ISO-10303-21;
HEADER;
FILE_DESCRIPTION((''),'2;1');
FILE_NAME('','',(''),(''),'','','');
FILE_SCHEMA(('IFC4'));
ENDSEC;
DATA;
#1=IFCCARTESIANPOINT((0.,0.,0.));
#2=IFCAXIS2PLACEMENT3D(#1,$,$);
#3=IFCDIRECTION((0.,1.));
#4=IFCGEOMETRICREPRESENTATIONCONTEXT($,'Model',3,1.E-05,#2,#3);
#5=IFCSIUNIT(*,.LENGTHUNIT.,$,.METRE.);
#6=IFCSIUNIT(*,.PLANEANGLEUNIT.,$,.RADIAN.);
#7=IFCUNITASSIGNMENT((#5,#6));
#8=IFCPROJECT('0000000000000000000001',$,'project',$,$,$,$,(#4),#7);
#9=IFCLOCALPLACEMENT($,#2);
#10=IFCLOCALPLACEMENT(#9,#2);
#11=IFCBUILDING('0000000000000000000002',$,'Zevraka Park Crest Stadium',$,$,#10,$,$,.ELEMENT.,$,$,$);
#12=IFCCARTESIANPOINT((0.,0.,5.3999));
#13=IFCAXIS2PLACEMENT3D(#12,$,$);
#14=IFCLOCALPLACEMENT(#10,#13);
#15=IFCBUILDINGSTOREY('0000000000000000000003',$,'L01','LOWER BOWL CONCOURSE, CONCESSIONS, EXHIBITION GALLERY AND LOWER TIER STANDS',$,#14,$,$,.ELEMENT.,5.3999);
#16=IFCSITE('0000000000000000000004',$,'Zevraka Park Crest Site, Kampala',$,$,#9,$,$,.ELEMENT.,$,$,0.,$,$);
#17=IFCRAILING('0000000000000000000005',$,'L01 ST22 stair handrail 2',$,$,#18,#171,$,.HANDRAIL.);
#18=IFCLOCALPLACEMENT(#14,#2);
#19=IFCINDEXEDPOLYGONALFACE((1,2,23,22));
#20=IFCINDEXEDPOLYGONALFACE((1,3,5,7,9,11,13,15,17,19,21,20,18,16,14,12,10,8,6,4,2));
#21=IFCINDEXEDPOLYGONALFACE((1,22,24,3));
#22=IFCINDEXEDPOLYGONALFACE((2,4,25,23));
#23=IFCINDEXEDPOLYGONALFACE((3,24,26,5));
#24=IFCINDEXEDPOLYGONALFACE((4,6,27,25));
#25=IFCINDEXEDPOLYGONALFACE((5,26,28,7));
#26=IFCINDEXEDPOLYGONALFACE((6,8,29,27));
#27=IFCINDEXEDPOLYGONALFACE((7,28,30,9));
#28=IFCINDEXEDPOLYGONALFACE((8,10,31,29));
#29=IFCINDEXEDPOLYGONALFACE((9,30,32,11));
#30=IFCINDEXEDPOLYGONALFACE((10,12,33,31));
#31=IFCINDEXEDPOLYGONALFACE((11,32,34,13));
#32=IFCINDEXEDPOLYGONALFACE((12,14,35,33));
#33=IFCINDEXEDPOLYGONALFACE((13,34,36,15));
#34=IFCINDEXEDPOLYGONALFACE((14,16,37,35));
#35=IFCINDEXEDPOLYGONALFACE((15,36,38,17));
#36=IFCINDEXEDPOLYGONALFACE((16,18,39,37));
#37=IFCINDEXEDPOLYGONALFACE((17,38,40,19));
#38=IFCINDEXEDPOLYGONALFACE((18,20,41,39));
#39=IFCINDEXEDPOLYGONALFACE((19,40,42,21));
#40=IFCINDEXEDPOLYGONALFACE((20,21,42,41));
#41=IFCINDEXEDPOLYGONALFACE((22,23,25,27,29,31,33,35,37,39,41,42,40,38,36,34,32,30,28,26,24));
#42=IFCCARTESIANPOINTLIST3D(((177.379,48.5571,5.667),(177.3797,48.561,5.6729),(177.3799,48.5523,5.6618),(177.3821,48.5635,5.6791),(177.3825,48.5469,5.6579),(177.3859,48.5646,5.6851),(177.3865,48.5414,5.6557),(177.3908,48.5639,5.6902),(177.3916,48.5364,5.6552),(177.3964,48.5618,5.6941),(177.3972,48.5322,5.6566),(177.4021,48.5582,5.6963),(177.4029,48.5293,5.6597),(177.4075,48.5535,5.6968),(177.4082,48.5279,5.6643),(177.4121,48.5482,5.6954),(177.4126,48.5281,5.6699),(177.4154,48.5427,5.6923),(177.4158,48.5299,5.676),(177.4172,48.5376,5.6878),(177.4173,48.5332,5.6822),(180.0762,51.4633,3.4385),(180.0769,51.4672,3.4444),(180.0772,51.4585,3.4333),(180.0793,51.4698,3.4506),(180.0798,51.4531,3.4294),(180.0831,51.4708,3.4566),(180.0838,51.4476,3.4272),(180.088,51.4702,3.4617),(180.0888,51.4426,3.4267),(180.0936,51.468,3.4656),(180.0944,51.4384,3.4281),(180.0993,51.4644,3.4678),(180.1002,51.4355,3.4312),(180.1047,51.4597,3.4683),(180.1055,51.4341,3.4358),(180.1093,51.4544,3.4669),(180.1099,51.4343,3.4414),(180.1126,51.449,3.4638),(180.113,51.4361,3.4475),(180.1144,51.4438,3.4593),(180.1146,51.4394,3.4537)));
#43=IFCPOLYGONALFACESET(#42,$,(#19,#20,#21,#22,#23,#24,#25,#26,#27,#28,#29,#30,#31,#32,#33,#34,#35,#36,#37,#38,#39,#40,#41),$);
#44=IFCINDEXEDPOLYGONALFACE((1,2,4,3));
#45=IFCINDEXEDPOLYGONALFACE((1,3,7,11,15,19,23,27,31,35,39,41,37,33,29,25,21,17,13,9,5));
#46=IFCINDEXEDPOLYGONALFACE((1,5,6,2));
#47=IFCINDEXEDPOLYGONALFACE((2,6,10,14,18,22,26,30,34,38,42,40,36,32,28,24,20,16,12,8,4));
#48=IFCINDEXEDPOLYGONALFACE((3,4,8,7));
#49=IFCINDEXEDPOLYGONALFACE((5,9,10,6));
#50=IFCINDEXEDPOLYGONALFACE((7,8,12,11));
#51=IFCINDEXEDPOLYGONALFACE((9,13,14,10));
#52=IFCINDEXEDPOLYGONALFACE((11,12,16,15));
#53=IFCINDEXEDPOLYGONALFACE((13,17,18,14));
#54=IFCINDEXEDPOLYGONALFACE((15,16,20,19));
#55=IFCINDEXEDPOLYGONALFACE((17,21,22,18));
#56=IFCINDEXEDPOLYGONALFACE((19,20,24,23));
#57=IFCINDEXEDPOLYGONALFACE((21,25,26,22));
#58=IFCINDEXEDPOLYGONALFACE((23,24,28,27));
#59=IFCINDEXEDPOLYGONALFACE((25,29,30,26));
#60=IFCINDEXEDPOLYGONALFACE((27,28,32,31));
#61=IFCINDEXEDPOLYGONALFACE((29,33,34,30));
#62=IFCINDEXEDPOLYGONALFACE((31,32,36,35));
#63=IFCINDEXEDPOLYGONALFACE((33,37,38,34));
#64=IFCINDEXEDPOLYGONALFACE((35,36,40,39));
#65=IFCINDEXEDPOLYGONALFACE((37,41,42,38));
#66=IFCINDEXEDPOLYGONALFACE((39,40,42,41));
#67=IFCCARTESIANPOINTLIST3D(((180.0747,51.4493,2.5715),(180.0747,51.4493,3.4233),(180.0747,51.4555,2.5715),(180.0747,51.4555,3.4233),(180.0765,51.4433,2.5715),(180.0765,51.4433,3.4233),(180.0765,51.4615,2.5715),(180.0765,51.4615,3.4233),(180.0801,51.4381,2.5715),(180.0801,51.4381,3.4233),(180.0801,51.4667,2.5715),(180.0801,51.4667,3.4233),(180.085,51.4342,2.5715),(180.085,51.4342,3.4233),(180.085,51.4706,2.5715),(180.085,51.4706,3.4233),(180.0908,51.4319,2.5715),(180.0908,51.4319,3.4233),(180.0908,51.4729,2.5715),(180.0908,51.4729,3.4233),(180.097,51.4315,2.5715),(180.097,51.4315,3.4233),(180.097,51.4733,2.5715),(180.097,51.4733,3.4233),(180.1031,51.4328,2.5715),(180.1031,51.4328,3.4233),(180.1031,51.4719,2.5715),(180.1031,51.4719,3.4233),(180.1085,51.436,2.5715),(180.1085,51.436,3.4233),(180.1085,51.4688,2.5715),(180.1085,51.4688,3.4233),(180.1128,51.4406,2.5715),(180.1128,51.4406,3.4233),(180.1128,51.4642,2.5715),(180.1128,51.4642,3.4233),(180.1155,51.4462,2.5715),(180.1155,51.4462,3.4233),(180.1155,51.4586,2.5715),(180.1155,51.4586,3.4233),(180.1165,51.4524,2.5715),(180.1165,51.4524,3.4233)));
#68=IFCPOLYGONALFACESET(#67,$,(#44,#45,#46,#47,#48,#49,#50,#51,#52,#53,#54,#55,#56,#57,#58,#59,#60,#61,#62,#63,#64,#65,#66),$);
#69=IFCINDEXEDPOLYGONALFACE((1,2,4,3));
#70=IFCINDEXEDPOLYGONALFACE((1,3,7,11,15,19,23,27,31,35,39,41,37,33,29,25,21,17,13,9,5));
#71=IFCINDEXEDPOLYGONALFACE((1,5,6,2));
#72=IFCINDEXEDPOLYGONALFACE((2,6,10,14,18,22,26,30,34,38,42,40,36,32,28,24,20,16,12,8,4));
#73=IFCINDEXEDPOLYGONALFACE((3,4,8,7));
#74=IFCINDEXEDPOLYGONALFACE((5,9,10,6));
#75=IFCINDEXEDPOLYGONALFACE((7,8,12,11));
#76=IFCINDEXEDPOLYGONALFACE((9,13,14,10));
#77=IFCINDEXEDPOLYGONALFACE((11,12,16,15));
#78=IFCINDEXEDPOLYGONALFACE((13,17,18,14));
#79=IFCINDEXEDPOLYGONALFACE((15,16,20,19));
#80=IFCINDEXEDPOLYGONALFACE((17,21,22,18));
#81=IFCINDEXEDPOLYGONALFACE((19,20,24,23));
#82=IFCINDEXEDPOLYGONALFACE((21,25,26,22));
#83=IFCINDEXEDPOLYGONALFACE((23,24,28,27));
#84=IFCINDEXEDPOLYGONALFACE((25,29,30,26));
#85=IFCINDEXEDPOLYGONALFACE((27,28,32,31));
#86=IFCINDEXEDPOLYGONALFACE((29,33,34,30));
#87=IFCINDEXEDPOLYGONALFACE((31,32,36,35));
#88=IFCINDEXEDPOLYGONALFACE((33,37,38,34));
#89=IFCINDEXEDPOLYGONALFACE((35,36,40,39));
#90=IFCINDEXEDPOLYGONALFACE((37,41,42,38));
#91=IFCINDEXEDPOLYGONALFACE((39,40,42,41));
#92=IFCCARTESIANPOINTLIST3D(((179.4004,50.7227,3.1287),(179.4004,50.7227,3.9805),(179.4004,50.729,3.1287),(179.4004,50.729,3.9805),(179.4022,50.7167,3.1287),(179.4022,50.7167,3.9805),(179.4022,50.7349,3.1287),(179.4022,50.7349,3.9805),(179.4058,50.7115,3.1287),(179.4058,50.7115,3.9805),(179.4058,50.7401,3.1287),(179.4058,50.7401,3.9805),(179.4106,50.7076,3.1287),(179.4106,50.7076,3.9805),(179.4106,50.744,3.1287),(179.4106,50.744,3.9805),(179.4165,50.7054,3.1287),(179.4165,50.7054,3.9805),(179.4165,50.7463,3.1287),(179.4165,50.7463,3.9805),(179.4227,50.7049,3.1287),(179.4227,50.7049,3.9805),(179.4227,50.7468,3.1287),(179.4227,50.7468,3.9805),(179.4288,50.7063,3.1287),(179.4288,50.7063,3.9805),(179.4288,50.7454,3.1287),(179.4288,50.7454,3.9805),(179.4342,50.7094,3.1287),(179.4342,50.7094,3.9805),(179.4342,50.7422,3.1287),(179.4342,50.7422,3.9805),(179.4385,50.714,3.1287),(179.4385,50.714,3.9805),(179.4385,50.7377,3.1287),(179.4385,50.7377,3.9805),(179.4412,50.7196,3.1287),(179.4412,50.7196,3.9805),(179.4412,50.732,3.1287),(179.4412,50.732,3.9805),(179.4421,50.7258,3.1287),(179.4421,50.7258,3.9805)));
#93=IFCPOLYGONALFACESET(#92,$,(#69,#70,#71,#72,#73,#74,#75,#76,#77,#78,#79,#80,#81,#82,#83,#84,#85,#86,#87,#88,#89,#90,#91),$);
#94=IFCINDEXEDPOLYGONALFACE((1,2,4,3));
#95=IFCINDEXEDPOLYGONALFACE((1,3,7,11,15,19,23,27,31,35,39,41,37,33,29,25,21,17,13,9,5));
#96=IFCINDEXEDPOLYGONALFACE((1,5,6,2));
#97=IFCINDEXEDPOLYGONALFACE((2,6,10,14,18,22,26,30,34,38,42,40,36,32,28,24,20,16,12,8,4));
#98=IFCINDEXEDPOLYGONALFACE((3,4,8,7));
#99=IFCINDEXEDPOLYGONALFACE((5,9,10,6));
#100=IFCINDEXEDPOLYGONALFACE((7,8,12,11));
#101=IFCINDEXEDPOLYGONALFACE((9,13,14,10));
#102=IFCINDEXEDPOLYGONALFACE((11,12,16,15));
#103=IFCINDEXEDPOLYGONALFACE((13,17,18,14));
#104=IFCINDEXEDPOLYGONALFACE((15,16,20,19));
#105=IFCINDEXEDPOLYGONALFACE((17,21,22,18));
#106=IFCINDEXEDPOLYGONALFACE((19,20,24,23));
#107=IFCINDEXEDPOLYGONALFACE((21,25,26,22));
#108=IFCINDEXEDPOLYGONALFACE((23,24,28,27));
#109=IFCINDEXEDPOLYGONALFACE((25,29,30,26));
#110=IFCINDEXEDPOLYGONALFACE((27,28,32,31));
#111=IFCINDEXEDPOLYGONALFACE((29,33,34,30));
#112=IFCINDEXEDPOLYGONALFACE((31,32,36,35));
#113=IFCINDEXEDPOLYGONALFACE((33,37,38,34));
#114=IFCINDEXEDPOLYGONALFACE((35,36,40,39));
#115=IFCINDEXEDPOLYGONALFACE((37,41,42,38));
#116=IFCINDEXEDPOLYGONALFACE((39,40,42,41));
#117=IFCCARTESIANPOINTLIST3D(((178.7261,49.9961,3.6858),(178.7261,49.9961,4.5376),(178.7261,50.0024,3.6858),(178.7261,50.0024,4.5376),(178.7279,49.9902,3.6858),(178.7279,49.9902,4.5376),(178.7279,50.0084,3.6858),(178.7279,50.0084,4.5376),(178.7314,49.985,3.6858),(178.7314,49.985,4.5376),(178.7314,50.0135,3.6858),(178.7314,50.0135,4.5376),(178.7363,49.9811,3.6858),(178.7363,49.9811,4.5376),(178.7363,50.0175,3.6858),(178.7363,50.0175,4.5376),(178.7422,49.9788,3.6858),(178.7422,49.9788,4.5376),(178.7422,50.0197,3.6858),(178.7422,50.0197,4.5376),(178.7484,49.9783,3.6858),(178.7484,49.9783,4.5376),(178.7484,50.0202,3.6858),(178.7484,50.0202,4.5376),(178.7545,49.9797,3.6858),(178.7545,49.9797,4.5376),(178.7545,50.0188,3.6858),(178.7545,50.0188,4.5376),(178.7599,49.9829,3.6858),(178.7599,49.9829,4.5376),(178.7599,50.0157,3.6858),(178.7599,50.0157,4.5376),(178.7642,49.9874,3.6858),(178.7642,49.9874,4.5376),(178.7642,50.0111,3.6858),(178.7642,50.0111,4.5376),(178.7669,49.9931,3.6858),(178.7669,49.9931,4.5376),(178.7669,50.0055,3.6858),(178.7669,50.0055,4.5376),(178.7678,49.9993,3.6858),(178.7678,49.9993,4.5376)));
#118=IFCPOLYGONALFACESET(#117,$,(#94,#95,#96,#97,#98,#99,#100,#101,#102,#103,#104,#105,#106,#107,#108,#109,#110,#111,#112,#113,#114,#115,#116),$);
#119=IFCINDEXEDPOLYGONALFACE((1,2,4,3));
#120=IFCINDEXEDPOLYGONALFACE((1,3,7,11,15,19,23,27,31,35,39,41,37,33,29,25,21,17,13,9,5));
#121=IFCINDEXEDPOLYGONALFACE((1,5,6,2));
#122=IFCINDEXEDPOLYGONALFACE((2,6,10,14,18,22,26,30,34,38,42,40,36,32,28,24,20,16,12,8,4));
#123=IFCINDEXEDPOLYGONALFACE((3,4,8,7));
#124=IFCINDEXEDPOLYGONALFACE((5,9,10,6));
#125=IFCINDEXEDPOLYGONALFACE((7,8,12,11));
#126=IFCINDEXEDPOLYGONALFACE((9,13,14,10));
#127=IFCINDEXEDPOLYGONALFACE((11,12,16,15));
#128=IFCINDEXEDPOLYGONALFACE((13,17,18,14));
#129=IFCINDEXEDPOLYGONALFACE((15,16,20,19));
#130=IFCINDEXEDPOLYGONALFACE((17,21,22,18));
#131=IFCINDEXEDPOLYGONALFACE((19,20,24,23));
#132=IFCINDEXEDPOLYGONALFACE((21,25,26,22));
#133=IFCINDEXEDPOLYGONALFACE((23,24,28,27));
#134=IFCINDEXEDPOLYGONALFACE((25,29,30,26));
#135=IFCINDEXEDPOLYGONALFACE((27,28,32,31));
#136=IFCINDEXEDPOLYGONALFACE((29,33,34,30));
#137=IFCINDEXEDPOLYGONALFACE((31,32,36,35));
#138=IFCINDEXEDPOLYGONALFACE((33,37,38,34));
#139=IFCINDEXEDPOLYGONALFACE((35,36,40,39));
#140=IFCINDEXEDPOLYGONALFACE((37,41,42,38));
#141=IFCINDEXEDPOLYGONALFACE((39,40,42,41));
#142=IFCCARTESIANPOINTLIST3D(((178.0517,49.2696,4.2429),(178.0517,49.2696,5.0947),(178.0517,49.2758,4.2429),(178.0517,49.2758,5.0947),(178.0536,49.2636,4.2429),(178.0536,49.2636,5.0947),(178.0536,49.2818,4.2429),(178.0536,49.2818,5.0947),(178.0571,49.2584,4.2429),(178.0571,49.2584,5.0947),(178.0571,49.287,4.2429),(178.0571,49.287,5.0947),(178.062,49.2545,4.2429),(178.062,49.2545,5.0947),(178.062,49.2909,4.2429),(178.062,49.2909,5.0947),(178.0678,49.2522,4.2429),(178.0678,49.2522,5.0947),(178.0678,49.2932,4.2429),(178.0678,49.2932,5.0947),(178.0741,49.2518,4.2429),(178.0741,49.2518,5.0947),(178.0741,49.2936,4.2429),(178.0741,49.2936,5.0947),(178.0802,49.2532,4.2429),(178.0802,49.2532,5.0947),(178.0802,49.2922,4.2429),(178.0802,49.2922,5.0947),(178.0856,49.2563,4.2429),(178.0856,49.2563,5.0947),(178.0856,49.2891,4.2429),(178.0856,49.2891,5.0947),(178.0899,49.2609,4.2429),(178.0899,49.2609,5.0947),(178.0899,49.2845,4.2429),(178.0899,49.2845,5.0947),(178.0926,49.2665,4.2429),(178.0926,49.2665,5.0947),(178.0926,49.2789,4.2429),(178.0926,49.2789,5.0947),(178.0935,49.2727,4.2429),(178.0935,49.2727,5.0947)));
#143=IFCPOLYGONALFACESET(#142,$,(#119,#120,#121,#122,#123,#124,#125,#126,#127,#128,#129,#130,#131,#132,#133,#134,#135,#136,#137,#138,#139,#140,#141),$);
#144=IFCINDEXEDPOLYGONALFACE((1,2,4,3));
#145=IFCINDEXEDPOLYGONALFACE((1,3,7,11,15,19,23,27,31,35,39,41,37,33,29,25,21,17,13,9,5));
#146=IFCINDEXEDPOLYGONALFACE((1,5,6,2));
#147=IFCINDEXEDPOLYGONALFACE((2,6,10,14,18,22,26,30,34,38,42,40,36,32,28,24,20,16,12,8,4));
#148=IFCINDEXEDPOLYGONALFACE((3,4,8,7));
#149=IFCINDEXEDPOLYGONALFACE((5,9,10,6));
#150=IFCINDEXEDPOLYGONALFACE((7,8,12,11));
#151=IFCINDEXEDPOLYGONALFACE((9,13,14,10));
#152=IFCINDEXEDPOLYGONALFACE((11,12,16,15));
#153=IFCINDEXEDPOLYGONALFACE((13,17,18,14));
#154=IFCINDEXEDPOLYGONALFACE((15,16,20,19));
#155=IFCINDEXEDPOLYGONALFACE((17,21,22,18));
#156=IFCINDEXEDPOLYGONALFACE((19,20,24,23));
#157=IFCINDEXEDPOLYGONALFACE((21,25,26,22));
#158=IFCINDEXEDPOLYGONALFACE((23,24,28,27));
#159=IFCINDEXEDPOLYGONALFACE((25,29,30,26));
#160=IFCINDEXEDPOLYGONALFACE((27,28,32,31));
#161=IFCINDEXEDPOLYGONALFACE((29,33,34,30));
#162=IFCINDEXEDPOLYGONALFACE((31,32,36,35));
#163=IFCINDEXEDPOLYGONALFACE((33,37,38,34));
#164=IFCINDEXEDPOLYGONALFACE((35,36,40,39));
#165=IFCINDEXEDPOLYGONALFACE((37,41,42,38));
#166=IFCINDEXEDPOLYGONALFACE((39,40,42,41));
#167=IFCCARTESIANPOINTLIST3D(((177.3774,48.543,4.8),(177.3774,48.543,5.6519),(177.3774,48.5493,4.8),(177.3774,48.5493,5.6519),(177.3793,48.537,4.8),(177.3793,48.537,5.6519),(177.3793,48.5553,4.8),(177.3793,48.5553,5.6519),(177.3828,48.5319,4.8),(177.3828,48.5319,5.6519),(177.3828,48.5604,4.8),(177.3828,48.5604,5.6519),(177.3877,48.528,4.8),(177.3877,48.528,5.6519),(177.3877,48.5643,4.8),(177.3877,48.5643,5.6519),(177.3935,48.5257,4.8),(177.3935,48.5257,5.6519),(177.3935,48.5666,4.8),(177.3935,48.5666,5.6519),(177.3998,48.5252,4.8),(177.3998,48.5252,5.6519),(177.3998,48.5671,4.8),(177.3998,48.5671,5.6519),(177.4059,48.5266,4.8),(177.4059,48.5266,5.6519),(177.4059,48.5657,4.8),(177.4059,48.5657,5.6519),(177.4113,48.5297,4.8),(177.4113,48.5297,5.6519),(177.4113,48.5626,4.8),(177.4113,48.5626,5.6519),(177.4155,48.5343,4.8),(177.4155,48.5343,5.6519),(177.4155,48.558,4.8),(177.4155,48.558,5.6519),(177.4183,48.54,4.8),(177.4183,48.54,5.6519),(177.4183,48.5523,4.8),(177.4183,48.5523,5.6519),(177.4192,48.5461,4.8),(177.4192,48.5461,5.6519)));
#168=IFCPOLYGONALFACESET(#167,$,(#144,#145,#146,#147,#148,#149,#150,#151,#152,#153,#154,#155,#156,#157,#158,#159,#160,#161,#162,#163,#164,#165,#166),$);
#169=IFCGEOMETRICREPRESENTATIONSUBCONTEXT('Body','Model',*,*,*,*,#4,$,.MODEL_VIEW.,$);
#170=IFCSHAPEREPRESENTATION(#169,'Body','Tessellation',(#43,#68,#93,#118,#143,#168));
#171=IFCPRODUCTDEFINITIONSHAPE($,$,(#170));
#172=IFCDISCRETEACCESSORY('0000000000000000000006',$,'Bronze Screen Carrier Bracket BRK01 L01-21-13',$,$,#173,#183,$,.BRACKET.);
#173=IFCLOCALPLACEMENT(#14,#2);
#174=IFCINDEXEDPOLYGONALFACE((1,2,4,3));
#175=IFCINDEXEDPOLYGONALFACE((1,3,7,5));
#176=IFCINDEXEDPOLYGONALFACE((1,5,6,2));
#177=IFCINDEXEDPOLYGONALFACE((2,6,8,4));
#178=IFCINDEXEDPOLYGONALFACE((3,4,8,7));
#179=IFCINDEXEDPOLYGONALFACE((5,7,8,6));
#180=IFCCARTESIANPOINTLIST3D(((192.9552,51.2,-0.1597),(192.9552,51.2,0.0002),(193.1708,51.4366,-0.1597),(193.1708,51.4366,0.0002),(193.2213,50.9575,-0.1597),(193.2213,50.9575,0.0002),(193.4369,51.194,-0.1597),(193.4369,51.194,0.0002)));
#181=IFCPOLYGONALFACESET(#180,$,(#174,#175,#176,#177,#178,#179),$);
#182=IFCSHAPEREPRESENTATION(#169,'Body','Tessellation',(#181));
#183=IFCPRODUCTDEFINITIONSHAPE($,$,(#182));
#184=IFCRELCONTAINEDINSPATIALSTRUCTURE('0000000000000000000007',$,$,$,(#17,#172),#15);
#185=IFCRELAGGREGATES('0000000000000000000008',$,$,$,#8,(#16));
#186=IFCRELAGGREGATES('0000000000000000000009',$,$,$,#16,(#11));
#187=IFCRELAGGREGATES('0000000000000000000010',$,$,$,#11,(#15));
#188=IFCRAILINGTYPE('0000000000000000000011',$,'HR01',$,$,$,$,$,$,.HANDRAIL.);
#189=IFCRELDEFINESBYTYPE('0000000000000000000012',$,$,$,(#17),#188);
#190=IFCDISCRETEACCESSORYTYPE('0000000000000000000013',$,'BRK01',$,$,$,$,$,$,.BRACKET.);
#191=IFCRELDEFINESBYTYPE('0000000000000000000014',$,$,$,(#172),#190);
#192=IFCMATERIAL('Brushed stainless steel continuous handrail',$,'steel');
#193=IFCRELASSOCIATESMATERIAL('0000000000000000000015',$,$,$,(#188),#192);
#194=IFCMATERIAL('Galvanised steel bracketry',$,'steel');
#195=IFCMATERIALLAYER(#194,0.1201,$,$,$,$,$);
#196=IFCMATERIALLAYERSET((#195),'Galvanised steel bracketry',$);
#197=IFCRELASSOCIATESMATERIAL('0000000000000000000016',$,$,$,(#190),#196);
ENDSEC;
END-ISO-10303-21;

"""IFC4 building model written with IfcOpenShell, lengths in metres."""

from ifc_helpers import new_model, si_unit, direction, frame, origin, origin_2d, place, context, subcontext, project, spatial, rectangle, circle, extrude, material, layer, layer_set, type_object, element, save


model = new_model("IFC4")

# Units and contexts
model_context = context("Model", 3, precision=1e-05, world=origin(), true_north=direction((0.0, 1.0)))
body_context = subcontext(model_context, "Body", "Model", "MODEL_VIEW")
ifc_project = project(units=[si_unit("LENGTHUNIT", "METRE"), si_unit("PLANEANGLEUNIT", "RADIAN")], contexts=[model_context])

# Site, building, storey
site_placement = place(None, origin())
site = spatial("IfcSite", under=ifc_project, at=site_placement, Name="Zevraka Park Crest Site, Kampala", CompositionType="ELEMENT", RefElevation=0.0)
building_placement = place(site_placement, origin())
building = spatial("IfcBuilding", under=site, at=building_placement, Name="Zevraka Park Crest Stadium", CompositionType="ELEMENT")
storey_placement = place(building_placement, frame((0.0, 0.0, 5.3999)))
storey = spatial("IfcBuildingStorey", under=building, at=storey_placement, Name="L01", Description="LOWER BOWL CONCOURSE, CONCESSIONS, EXHIBITION GALLERY AND LOWER TIER STANDS", CompositionType="ELEMENT", Elevation=5.3999)

# Railing
ifc_material_1 = material(Name="Brushed stainless steel continuous handrail", Category="steel")
railing_type_1 = type_object("IfcRailingType", Name="HR01", PredefinedType="HANDRAIL", material=ifc_material_1)
railing_1_placement = place(storey_placement, frame((180.0955, 51.4524, 2.5715)))
element("IfcRailing", 1, at=railing_1_placement, inside=storey, type_object=railing_type_1, Name="L01 ST22 stair handrail 2", PredefinedType="HANDRAIL", context=body_context, shape_type="SweptSolid", body=[
    extrude(circle(Radius=0.0239, at=origin_2d()), frame((0.0, 0.0, 0.876), z_axis=(-0.593016, -0.638963, 0.489957), x_axis=(0.732969, -0.680262, 0.0)), (0.0, 0.0, 1.0), 4.5483),
    extrude(circle(Radius=0.021, at=origin_2d()), origin(), (0.0, 0.0, 1.0), 0.8518),
    extrude(circle(Radius=0.021, at=origin_2d()), frame((-0.6743, -0.7266, 0.5571)), (0.0, 0.0, 1.0), 0.8518),
    extrude(circle(Radius=0.021, at=origin_2d()), frame((-1.3486, -1.4531, 1.1143)), (0.0, 0.0, 1.0), 0.8518),
    extrude(circle(Radius=0.021, at=origin_2d()), frame((-2.0229, -2.1797, 1.6714)), (0.0, 0.0, 1.0), 0.8518),
    extrude(circle(Radius=0.021, at=origin_2d()), frame((-2.6973, -2.9062, 2.2285)), (0.0, 0.0, 1.0), 0.8518),
])

# Discrete accessory
ifc_material_2 = material(Name="Galvanised steel bracketry", Category="steel")
ifc_layer_1 = layer(ifc_material_2, 0.1201)
ifc_layer_set_1 = layer_set([ifc_layer_1], Name="Galvanised steel bracketry")
discrete_accessory_type = type_object("IfcDiscreteAccessoryType", Name="BRK01", PredefinedType="BRACKET", material=ifc_layer_set_1)
discrete_accessory_placement = place(storey_placement, frame((193.196, 51.197, -0.1597), z_axis=(0.0, 0.0, 1.0), x_axis=(0.673658, 0.739043, 0.0)))
element("IfcDiscreteAccessory", 2, at=discrete_accessory_placement, inside=storey, type_object=discrete_accessory_type, Name="Bronze Screen Carrier Bracket BRK01 L01-21-13", PredefinedType="BRACKET", context=body_context, shape_type="SweptSolid", body=[
    extrude(rectangle(XDim=0.3201, YDim=0.3601, at=origin_2d()), origin(), (0.0, 0.0, 1.0), 0.1599),
])

save(model, "model.ifc")
